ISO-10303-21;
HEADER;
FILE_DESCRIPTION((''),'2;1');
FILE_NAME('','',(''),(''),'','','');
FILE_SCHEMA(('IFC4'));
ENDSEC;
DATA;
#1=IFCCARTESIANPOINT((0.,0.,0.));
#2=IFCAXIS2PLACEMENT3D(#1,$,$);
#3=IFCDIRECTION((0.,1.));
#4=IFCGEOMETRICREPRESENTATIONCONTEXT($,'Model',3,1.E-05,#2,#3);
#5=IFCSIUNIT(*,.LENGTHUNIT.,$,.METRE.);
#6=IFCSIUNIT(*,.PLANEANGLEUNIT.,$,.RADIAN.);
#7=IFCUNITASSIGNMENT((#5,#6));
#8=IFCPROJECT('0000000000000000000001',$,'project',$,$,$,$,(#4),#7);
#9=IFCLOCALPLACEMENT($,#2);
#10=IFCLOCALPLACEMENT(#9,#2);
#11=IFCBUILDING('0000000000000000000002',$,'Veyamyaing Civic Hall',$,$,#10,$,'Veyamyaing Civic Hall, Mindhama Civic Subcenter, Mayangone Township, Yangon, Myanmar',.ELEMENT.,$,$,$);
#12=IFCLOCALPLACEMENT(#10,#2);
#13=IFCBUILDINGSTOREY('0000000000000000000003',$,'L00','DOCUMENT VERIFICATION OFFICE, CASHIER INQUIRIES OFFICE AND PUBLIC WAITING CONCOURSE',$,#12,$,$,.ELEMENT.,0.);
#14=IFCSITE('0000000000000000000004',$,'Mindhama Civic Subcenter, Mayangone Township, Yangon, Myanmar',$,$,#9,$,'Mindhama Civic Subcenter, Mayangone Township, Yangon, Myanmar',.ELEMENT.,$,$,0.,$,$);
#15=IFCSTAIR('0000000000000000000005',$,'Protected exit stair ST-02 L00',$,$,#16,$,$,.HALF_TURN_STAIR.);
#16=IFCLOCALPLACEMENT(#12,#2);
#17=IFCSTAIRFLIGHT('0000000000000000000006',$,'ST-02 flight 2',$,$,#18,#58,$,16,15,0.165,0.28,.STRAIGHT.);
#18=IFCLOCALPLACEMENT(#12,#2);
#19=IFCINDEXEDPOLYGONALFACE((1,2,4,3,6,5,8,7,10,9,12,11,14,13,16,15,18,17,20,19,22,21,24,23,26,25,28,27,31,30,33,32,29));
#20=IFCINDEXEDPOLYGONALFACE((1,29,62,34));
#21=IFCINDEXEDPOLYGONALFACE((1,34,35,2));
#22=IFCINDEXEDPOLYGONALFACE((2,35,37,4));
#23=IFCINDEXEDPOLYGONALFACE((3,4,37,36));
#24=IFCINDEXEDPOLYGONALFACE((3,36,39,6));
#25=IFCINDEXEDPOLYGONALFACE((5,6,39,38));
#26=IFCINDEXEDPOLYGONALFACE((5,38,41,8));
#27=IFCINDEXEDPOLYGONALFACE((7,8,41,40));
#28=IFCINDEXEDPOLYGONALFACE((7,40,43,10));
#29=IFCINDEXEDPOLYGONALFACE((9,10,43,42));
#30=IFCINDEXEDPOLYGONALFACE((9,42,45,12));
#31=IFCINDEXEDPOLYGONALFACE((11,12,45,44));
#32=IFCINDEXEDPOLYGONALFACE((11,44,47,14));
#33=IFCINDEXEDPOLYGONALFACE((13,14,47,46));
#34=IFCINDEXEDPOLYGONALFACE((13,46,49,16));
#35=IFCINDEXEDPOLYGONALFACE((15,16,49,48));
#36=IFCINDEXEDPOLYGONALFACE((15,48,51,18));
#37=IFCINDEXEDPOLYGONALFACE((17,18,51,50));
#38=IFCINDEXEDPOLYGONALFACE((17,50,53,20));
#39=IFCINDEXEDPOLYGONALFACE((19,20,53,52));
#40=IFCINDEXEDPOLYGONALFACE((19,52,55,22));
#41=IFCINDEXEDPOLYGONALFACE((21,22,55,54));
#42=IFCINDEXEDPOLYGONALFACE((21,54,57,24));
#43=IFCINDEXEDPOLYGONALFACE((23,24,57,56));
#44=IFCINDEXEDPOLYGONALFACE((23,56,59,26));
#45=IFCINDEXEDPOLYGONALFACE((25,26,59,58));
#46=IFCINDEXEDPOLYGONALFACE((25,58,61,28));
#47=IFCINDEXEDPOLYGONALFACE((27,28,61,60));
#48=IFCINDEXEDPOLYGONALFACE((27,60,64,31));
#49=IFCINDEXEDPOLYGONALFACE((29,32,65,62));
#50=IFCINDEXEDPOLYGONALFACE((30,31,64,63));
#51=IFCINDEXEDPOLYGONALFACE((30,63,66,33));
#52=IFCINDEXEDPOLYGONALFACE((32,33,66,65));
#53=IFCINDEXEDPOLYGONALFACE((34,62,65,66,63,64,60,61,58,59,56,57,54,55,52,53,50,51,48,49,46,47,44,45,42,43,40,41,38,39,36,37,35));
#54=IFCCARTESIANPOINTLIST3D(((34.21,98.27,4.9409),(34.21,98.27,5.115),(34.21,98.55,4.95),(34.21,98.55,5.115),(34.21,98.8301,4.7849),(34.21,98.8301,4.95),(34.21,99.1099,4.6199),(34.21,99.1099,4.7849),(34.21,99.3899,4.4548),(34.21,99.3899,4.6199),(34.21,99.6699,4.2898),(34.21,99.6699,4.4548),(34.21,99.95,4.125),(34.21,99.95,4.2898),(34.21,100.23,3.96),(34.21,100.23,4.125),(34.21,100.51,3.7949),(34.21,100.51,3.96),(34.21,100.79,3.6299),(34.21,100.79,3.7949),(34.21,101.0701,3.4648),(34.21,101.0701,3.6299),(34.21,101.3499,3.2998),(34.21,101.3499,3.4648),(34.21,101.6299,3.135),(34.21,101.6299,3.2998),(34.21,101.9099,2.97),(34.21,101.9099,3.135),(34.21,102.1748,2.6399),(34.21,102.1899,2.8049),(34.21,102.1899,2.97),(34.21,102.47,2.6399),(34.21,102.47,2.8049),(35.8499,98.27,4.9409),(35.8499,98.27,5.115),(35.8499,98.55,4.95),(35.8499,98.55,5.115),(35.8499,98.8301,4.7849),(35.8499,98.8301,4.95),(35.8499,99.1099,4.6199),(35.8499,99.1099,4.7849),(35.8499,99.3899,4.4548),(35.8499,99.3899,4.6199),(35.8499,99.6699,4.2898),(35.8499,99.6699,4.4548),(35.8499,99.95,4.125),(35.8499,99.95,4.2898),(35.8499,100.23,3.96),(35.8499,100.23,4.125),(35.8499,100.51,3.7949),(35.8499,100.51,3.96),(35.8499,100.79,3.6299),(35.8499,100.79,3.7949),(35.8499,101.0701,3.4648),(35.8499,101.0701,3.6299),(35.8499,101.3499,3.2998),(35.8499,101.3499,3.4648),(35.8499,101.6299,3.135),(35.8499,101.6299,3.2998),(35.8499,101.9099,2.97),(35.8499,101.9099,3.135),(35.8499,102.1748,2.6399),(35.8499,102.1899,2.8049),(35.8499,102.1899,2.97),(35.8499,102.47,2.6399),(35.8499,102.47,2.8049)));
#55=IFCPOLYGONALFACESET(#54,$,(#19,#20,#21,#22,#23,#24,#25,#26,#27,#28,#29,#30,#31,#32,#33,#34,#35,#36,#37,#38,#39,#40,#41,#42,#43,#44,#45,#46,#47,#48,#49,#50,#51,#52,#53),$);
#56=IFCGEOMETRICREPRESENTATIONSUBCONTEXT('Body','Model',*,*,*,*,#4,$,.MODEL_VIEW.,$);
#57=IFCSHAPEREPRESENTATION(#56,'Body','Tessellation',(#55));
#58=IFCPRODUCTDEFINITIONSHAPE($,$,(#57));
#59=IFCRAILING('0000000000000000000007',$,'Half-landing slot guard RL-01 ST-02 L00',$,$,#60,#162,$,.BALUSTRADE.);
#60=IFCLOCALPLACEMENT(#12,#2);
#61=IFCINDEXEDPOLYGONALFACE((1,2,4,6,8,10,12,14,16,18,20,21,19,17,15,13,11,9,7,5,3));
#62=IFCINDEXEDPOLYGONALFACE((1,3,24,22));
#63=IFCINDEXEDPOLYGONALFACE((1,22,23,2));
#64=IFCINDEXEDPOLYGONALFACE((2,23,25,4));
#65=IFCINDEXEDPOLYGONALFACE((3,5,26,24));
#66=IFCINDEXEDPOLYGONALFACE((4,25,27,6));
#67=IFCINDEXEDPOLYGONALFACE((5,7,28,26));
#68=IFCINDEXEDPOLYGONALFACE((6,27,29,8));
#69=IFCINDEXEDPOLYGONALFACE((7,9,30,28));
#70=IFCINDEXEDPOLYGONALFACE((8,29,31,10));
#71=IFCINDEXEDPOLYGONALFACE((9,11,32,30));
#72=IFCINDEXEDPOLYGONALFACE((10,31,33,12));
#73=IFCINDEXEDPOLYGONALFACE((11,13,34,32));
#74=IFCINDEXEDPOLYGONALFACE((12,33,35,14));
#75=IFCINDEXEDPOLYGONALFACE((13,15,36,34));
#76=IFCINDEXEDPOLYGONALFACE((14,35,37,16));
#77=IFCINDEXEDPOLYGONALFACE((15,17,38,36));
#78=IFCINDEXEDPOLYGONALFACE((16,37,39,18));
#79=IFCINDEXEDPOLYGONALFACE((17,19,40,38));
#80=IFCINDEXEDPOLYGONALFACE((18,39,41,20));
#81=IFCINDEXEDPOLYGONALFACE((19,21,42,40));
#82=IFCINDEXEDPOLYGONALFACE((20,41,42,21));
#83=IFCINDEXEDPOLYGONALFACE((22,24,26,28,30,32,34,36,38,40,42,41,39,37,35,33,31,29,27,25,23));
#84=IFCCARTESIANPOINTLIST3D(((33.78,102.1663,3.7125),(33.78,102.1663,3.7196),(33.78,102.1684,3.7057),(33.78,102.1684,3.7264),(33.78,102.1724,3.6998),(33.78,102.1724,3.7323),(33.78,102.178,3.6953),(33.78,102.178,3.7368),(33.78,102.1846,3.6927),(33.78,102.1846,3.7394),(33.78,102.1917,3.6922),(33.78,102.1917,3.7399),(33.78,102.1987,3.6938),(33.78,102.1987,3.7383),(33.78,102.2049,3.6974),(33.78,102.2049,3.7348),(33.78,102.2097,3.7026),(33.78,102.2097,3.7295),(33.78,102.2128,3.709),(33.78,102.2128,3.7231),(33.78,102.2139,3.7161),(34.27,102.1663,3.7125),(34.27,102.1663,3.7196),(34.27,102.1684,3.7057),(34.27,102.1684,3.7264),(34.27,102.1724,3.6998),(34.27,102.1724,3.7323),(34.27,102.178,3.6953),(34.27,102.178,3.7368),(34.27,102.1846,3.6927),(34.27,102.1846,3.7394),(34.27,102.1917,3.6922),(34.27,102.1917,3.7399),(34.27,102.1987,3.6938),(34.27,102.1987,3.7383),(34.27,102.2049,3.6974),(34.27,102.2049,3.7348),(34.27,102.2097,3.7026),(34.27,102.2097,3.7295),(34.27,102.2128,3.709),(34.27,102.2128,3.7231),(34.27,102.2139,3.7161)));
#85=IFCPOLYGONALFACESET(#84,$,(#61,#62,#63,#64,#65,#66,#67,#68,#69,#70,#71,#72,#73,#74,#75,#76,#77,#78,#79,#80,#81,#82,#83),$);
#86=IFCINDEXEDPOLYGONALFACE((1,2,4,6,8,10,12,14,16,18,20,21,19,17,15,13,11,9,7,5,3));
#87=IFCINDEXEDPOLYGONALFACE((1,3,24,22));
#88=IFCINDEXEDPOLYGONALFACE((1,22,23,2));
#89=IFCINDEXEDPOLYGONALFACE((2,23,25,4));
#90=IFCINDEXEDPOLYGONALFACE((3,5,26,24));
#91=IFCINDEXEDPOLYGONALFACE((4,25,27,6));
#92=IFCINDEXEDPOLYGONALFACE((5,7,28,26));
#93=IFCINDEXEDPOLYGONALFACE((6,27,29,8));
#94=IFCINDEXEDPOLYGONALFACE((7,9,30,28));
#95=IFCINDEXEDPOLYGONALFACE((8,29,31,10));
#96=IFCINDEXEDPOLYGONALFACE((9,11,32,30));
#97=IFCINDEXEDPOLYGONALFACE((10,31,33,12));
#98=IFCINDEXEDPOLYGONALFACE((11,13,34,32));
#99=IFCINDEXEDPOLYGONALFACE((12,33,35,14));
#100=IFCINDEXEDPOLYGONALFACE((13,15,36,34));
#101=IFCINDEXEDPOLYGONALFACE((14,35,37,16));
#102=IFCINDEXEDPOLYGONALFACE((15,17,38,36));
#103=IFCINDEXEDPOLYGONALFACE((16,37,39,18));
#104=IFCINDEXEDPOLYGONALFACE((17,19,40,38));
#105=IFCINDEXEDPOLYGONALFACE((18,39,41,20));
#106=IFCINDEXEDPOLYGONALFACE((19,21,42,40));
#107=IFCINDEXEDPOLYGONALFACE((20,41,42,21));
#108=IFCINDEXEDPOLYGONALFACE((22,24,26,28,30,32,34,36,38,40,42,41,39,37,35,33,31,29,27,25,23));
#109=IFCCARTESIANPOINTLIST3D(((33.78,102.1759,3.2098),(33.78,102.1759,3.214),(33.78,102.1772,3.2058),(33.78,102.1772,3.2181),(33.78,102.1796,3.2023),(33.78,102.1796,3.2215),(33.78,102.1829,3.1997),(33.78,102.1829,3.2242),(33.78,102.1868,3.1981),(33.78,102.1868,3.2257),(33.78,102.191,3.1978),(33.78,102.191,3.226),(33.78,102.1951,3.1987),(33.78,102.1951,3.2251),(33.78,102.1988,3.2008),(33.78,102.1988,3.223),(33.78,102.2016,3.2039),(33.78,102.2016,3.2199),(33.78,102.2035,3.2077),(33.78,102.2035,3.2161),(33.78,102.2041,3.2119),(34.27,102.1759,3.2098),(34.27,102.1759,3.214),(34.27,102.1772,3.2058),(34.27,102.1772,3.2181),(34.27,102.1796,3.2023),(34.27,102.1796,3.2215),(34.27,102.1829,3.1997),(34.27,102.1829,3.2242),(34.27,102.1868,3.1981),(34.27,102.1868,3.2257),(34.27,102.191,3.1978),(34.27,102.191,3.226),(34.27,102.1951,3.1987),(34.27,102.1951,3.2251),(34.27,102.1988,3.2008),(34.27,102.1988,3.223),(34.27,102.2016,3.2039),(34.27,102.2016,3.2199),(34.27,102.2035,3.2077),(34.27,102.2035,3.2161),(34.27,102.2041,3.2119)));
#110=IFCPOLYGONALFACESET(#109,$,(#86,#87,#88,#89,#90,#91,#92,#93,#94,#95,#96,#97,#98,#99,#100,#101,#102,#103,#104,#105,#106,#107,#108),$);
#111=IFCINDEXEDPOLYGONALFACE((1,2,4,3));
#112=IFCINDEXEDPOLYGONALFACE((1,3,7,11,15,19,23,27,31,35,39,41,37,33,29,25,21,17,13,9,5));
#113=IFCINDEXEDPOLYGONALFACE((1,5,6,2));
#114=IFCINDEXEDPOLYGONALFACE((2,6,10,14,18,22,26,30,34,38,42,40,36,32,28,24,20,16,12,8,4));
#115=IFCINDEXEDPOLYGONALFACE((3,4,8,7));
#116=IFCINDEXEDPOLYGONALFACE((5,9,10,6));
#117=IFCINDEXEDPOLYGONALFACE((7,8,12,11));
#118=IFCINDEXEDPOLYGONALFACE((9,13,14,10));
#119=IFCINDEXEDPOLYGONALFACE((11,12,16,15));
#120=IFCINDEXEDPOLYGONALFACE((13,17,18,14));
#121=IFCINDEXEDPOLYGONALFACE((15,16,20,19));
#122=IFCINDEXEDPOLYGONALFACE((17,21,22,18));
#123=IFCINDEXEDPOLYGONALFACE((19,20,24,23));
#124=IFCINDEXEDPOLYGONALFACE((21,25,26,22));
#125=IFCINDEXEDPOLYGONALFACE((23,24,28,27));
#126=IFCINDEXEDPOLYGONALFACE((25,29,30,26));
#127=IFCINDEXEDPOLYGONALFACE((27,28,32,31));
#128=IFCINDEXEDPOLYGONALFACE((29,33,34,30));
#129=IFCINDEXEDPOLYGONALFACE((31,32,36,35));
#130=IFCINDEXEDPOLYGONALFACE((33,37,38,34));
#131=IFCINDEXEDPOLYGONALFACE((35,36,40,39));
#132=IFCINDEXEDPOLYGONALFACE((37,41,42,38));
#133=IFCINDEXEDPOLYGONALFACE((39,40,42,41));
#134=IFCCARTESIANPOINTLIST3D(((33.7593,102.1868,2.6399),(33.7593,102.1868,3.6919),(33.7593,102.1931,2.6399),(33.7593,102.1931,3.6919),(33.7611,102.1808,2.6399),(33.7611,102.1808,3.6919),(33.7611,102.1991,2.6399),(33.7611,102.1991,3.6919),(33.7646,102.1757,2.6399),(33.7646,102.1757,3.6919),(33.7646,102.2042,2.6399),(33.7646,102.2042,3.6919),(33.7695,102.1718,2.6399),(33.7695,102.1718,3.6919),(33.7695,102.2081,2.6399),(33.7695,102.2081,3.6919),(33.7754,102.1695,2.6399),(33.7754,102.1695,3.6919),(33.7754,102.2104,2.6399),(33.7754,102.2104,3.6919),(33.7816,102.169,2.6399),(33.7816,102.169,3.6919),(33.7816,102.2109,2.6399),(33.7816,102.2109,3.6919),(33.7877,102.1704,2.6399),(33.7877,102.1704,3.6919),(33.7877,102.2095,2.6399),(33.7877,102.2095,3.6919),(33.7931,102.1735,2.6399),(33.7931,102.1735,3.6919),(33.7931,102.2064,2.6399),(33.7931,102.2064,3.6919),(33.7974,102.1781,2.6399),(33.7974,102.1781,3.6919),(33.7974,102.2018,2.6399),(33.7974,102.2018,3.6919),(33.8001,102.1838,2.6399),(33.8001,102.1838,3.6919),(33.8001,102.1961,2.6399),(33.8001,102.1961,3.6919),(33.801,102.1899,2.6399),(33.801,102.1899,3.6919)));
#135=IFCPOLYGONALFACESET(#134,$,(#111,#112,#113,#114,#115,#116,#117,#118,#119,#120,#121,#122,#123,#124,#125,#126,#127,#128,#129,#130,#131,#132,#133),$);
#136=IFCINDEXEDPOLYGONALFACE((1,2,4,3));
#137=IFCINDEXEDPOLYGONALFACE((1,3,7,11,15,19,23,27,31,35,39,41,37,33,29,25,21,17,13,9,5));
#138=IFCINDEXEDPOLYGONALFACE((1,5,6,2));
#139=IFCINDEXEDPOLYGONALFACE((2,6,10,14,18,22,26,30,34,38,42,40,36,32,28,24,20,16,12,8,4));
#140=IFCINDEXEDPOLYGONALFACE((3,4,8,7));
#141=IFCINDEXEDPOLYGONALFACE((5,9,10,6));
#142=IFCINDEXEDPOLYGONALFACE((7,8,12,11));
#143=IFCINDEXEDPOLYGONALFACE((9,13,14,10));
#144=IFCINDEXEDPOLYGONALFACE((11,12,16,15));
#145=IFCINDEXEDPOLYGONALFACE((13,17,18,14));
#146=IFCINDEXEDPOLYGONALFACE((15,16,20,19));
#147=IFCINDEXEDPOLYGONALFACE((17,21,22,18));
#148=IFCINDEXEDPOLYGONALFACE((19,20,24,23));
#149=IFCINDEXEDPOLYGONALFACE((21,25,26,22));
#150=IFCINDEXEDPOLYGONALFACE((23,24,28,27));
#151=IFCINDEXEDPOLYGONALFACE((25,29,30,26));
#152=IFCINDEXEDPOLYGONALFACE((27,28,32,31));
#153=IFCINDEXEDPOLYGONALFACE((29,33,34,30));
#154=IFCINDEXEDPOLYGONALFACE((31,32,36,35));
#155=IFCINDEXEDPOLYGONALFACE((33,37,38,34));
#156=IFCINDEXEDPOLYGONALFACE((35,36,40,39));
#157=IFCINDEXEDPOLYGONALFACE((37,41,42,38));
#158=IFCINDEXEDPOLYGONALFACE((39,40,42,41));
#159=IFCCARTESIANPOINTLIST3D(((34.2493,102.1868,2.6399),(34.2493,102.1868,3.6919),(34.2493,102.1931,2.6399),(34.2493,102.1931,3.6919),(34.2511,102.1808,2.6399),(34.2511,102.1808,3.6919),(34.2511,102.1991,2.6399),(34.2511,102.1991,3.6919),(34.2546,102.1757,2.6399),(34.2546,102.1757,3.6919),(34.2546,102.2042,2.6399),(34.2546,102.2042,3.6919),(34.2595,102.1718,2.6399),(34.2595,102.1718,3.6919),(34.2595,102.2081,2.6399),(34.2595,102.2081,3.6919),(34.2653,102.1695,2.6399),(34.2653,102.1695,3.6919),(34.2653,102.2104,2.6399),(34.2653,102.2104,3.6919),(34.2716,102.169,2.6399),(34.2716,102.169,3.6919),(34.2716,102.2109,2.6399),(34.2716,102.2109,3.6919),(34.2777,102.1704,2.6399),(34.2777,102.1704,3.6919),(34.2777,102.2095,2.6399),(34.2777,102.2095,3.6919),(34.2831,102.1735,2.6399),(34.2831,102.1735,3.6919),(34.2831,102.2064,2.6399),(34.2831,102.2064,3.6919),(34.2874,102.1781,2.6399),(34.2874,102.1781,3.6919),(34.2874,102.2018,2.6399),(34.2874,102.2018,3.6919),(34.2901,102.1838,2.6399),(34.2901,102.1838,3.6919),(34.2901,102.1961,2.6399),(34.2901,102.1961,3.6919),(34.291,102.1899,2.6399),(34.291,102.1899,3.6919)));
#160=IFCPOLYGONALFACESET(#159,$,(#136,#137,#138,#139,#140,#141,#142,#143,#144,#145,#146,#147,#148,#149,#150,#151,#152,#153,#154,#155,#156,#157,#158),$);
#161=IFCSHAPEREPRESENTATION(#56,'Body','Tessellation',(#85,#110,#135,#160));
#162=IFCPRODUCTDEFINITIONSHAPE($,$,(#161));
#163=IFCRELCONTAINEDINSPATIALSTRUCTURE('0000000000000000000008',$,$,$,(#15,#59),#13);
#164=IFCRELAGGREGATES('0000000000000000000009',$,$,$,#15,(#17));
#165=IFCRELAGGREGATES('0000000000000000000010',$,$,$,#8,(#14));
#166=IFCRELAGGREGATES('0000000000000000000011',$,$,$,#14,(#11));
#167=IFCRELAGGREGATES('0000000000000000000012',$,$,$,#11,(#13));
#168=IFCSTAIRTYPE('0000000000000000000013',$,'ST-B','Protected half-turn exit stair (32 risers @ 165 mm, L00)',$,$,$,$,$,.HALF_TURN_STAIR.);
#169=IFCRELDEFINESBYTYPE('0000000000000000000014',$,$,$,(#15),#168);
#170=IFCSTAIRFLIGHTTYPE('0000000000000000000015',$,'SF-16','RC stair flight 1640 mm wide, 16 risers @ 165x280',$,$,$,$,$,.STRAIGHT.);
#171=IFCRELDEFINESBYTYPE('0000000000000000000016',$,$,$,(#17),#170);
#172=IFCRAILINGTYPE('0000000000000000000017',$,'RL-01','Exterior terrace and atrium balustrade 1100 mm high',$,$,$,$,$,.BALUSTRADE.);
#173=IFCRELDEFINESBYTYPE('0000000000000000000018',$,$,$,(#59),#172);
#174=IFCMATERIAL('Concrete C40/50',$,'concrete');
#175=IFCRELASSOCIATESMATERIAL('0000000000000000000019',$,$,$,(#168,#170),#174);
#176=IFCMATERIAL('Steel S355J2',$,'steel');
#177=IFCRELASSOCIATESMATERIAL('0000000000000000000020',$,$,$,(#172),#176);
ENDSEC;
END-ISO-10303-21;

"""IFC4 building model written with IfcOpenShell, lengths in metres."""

from ifc_helpers import new_model, si_unit, direction, frame, origin, origin_2d, place, context, subcontext, project, spatial, polyline, circle, outline, extrude, material, type_object, element, aggregate, save


model = new_model("IFC4")

# Units and contexts
model_context = context("Model", 3, precision=1e-05, world=origin(), true_north=direction((0.0, 1.0)))
body_context = subcontext(model_context, "Body", "Model", "MODEL_VIEW")
ifc_project = project(units=[si_unit("LENGTHUNIT", "METRE"), si_unit("PLANEANGLEUNIT", "RADIAN")], contexts=[model_context])

# Site, building, storey
site_placement = place(None, origin())
site = spatial("IfcSite", under=ifc_project, at=site_placement, Name="Mindhama Civic Subcenter, Mayangone Township, Yangon, Myanmar", LongName="Mindhama Civic Subcenter, Mayangone Township, Yangon, Myanmar", CompositionType="ELEMENT", RefElevation=0.0)
building_placement = place(site_placement, origin())
building = spatial("IfcBuilding", under=site, at=building_placement, Name="Veyamyaing Civic Hall", LongName="Veyamyaing Civic Hall, Mindhama Civic Subcenter, Mayangone Township, Yangon, Myanmar", CompositionType="ELEMENT")
storey_placement = place(building_placement, origin())
storey = spatial("IfcBuildingStorey", under=building, at=storey_placement, Name="L00", Description="DOCUMENT VERIFICATION OFFICE, CASHIER INQUIRIES OFFICE AND PUBLIC WAITING CONCOURSE", CompositionType="ELEMENT", Elevation=0.0)

# Shared definitions
ifc_material_1 = material(Name="Concrete C40/50", Category="concrete")

# Stair, stair flight
stair_type = type_object("IfcStairType", Name="ST-B", Description="Protected half-turn exit stair (32 risers @ 165 mm, L00)", PredefinedType="HALF_TURN_STAIR", material=ifc_material_1)
stair_placement = place(storey_placement, origin())
stair = element("IfcStair", 1, at=stair_placement, inside=storey, type_object=stair_type, Name="Protected exit stair ST-02 L00", PredefinedType="HALF_TURN_STAIR")
stair_flight_type = type_object("IfcStairFlightType", Name="SF-16", Description="RC stair flight 1640 mm wide, 16 risers @ 165x280", PredefinedType="STRAIGHT", material=ifc_material_1)
stair_flight_1_placement = place(storey_placement, frame((35.03, 102.47, 2.6399), z_axis=(0.0, 0.0, 1.0), x_axis=(0.0, -1.0, 0.0)))
stair_flight_1 = element("IfcStairFlight", 2, at=stair_flight_1_placement, type_object=stair_flight_type, Name="ST-02 flight 2", NumberOfRisers=16, NumberOfTreads=15, PredefinedType="STRAIGHT", RiserHeight=0.165, TreadLength=0.28, context=body_context, shape_type="SweptSolid", body=[
    extrude(outline(polyline([(0.0, 0.0), (0.0, 0.165), (0.28, 0.165), (0.28, 0.3301), (0.5601, 0.3301), (0.5601, 0.4951), (0.8401, 0.4951), (0.8401, 0.6599), (1.1201, 0.6599), (1.1201, 0.825), (1.3999, 0.825), (1.3999, 0.99), (1.6799, 0.99), (1.6799, 1.155), (1.96, 1.155), (1.96, 1.3201), (2.24, 1.3201), (2.24, 1.4851), (2.52, 1.4851), (2.52, 1.6499), (2.8, 1.6499), (2.8, 1.8149), (3.0801, 1.8149), (3.0801, 1.98), (3.3601, 1.98), (3.3601, 2.145), (3.6399, 2.145), (3.6399, 2.3101), (3.9199, 2.3101), (3.9199, 2.4751), (4.2, 2.4751), (4.2, 2.6399), (4.2, 2.301), (0.2952, 0.0), (0.0, 0.0)])), frame((0.0, 0.8198, 0.0), z_axis=(0.0, -1.0, 0.0), x_axis=(1.0, 0.0, 0.0)), (0.0, 0.0, 1.0), 1.6399),
])
aggregate(stair, [stair_flight_1])

# Railing
ifc_material_2 = material(Name="Steel S355J2", Category="steel")
railing_type_1 = type_object("IfcRailingType", Name="RL-01", Description="Exterior terrace and atrium balustrade 1100 mm high", PredefinedType="BALUSTRADE", material=ifc_material_2)
railing_1_placement = place(storey_placement, frame((33.78, 102.1899, 2.6399)))
element("IfcRailing", 3, at=railing_1_placement, inside=storey, type_object=railing_type_1, Name="Half-landing slot guard RL-01 ST-02 L00", PredefinedType="BALUSTRADE", context=body_context, shape_type="SweptSolid", body=[
    extrude(circle(Radius=0.0239, at=origin_2d()), frame((0.0, 0.0, 1.0762), z_axis=(1.0, 0.0, 0.0), x_axis=(0.0, 1.0, 0.0)), (0.0, 0.0, 1.0), 0.49),
    extrude(circle(Radius=0.0142, at=origin_2d()), frame((0.0, 0.0, 0.572), z_axis=(1.0, 0.0, 0.0), x_axis=(0.0, 1.0, 0.0)), (0.0, 0.0, 1.0), 0.49),
    extrude(circle(Radius=0.021, at=origin_2d()), origin(), (0.0, 0.0, 1.0), 1.052),
    extrude(circle(Radius=0.021, at=origin_2d()), frame((0.49, 0.0, 0.0)), (0.0, 0.0, 1.0), 1.052),
])

save(model, "model.ifc")
